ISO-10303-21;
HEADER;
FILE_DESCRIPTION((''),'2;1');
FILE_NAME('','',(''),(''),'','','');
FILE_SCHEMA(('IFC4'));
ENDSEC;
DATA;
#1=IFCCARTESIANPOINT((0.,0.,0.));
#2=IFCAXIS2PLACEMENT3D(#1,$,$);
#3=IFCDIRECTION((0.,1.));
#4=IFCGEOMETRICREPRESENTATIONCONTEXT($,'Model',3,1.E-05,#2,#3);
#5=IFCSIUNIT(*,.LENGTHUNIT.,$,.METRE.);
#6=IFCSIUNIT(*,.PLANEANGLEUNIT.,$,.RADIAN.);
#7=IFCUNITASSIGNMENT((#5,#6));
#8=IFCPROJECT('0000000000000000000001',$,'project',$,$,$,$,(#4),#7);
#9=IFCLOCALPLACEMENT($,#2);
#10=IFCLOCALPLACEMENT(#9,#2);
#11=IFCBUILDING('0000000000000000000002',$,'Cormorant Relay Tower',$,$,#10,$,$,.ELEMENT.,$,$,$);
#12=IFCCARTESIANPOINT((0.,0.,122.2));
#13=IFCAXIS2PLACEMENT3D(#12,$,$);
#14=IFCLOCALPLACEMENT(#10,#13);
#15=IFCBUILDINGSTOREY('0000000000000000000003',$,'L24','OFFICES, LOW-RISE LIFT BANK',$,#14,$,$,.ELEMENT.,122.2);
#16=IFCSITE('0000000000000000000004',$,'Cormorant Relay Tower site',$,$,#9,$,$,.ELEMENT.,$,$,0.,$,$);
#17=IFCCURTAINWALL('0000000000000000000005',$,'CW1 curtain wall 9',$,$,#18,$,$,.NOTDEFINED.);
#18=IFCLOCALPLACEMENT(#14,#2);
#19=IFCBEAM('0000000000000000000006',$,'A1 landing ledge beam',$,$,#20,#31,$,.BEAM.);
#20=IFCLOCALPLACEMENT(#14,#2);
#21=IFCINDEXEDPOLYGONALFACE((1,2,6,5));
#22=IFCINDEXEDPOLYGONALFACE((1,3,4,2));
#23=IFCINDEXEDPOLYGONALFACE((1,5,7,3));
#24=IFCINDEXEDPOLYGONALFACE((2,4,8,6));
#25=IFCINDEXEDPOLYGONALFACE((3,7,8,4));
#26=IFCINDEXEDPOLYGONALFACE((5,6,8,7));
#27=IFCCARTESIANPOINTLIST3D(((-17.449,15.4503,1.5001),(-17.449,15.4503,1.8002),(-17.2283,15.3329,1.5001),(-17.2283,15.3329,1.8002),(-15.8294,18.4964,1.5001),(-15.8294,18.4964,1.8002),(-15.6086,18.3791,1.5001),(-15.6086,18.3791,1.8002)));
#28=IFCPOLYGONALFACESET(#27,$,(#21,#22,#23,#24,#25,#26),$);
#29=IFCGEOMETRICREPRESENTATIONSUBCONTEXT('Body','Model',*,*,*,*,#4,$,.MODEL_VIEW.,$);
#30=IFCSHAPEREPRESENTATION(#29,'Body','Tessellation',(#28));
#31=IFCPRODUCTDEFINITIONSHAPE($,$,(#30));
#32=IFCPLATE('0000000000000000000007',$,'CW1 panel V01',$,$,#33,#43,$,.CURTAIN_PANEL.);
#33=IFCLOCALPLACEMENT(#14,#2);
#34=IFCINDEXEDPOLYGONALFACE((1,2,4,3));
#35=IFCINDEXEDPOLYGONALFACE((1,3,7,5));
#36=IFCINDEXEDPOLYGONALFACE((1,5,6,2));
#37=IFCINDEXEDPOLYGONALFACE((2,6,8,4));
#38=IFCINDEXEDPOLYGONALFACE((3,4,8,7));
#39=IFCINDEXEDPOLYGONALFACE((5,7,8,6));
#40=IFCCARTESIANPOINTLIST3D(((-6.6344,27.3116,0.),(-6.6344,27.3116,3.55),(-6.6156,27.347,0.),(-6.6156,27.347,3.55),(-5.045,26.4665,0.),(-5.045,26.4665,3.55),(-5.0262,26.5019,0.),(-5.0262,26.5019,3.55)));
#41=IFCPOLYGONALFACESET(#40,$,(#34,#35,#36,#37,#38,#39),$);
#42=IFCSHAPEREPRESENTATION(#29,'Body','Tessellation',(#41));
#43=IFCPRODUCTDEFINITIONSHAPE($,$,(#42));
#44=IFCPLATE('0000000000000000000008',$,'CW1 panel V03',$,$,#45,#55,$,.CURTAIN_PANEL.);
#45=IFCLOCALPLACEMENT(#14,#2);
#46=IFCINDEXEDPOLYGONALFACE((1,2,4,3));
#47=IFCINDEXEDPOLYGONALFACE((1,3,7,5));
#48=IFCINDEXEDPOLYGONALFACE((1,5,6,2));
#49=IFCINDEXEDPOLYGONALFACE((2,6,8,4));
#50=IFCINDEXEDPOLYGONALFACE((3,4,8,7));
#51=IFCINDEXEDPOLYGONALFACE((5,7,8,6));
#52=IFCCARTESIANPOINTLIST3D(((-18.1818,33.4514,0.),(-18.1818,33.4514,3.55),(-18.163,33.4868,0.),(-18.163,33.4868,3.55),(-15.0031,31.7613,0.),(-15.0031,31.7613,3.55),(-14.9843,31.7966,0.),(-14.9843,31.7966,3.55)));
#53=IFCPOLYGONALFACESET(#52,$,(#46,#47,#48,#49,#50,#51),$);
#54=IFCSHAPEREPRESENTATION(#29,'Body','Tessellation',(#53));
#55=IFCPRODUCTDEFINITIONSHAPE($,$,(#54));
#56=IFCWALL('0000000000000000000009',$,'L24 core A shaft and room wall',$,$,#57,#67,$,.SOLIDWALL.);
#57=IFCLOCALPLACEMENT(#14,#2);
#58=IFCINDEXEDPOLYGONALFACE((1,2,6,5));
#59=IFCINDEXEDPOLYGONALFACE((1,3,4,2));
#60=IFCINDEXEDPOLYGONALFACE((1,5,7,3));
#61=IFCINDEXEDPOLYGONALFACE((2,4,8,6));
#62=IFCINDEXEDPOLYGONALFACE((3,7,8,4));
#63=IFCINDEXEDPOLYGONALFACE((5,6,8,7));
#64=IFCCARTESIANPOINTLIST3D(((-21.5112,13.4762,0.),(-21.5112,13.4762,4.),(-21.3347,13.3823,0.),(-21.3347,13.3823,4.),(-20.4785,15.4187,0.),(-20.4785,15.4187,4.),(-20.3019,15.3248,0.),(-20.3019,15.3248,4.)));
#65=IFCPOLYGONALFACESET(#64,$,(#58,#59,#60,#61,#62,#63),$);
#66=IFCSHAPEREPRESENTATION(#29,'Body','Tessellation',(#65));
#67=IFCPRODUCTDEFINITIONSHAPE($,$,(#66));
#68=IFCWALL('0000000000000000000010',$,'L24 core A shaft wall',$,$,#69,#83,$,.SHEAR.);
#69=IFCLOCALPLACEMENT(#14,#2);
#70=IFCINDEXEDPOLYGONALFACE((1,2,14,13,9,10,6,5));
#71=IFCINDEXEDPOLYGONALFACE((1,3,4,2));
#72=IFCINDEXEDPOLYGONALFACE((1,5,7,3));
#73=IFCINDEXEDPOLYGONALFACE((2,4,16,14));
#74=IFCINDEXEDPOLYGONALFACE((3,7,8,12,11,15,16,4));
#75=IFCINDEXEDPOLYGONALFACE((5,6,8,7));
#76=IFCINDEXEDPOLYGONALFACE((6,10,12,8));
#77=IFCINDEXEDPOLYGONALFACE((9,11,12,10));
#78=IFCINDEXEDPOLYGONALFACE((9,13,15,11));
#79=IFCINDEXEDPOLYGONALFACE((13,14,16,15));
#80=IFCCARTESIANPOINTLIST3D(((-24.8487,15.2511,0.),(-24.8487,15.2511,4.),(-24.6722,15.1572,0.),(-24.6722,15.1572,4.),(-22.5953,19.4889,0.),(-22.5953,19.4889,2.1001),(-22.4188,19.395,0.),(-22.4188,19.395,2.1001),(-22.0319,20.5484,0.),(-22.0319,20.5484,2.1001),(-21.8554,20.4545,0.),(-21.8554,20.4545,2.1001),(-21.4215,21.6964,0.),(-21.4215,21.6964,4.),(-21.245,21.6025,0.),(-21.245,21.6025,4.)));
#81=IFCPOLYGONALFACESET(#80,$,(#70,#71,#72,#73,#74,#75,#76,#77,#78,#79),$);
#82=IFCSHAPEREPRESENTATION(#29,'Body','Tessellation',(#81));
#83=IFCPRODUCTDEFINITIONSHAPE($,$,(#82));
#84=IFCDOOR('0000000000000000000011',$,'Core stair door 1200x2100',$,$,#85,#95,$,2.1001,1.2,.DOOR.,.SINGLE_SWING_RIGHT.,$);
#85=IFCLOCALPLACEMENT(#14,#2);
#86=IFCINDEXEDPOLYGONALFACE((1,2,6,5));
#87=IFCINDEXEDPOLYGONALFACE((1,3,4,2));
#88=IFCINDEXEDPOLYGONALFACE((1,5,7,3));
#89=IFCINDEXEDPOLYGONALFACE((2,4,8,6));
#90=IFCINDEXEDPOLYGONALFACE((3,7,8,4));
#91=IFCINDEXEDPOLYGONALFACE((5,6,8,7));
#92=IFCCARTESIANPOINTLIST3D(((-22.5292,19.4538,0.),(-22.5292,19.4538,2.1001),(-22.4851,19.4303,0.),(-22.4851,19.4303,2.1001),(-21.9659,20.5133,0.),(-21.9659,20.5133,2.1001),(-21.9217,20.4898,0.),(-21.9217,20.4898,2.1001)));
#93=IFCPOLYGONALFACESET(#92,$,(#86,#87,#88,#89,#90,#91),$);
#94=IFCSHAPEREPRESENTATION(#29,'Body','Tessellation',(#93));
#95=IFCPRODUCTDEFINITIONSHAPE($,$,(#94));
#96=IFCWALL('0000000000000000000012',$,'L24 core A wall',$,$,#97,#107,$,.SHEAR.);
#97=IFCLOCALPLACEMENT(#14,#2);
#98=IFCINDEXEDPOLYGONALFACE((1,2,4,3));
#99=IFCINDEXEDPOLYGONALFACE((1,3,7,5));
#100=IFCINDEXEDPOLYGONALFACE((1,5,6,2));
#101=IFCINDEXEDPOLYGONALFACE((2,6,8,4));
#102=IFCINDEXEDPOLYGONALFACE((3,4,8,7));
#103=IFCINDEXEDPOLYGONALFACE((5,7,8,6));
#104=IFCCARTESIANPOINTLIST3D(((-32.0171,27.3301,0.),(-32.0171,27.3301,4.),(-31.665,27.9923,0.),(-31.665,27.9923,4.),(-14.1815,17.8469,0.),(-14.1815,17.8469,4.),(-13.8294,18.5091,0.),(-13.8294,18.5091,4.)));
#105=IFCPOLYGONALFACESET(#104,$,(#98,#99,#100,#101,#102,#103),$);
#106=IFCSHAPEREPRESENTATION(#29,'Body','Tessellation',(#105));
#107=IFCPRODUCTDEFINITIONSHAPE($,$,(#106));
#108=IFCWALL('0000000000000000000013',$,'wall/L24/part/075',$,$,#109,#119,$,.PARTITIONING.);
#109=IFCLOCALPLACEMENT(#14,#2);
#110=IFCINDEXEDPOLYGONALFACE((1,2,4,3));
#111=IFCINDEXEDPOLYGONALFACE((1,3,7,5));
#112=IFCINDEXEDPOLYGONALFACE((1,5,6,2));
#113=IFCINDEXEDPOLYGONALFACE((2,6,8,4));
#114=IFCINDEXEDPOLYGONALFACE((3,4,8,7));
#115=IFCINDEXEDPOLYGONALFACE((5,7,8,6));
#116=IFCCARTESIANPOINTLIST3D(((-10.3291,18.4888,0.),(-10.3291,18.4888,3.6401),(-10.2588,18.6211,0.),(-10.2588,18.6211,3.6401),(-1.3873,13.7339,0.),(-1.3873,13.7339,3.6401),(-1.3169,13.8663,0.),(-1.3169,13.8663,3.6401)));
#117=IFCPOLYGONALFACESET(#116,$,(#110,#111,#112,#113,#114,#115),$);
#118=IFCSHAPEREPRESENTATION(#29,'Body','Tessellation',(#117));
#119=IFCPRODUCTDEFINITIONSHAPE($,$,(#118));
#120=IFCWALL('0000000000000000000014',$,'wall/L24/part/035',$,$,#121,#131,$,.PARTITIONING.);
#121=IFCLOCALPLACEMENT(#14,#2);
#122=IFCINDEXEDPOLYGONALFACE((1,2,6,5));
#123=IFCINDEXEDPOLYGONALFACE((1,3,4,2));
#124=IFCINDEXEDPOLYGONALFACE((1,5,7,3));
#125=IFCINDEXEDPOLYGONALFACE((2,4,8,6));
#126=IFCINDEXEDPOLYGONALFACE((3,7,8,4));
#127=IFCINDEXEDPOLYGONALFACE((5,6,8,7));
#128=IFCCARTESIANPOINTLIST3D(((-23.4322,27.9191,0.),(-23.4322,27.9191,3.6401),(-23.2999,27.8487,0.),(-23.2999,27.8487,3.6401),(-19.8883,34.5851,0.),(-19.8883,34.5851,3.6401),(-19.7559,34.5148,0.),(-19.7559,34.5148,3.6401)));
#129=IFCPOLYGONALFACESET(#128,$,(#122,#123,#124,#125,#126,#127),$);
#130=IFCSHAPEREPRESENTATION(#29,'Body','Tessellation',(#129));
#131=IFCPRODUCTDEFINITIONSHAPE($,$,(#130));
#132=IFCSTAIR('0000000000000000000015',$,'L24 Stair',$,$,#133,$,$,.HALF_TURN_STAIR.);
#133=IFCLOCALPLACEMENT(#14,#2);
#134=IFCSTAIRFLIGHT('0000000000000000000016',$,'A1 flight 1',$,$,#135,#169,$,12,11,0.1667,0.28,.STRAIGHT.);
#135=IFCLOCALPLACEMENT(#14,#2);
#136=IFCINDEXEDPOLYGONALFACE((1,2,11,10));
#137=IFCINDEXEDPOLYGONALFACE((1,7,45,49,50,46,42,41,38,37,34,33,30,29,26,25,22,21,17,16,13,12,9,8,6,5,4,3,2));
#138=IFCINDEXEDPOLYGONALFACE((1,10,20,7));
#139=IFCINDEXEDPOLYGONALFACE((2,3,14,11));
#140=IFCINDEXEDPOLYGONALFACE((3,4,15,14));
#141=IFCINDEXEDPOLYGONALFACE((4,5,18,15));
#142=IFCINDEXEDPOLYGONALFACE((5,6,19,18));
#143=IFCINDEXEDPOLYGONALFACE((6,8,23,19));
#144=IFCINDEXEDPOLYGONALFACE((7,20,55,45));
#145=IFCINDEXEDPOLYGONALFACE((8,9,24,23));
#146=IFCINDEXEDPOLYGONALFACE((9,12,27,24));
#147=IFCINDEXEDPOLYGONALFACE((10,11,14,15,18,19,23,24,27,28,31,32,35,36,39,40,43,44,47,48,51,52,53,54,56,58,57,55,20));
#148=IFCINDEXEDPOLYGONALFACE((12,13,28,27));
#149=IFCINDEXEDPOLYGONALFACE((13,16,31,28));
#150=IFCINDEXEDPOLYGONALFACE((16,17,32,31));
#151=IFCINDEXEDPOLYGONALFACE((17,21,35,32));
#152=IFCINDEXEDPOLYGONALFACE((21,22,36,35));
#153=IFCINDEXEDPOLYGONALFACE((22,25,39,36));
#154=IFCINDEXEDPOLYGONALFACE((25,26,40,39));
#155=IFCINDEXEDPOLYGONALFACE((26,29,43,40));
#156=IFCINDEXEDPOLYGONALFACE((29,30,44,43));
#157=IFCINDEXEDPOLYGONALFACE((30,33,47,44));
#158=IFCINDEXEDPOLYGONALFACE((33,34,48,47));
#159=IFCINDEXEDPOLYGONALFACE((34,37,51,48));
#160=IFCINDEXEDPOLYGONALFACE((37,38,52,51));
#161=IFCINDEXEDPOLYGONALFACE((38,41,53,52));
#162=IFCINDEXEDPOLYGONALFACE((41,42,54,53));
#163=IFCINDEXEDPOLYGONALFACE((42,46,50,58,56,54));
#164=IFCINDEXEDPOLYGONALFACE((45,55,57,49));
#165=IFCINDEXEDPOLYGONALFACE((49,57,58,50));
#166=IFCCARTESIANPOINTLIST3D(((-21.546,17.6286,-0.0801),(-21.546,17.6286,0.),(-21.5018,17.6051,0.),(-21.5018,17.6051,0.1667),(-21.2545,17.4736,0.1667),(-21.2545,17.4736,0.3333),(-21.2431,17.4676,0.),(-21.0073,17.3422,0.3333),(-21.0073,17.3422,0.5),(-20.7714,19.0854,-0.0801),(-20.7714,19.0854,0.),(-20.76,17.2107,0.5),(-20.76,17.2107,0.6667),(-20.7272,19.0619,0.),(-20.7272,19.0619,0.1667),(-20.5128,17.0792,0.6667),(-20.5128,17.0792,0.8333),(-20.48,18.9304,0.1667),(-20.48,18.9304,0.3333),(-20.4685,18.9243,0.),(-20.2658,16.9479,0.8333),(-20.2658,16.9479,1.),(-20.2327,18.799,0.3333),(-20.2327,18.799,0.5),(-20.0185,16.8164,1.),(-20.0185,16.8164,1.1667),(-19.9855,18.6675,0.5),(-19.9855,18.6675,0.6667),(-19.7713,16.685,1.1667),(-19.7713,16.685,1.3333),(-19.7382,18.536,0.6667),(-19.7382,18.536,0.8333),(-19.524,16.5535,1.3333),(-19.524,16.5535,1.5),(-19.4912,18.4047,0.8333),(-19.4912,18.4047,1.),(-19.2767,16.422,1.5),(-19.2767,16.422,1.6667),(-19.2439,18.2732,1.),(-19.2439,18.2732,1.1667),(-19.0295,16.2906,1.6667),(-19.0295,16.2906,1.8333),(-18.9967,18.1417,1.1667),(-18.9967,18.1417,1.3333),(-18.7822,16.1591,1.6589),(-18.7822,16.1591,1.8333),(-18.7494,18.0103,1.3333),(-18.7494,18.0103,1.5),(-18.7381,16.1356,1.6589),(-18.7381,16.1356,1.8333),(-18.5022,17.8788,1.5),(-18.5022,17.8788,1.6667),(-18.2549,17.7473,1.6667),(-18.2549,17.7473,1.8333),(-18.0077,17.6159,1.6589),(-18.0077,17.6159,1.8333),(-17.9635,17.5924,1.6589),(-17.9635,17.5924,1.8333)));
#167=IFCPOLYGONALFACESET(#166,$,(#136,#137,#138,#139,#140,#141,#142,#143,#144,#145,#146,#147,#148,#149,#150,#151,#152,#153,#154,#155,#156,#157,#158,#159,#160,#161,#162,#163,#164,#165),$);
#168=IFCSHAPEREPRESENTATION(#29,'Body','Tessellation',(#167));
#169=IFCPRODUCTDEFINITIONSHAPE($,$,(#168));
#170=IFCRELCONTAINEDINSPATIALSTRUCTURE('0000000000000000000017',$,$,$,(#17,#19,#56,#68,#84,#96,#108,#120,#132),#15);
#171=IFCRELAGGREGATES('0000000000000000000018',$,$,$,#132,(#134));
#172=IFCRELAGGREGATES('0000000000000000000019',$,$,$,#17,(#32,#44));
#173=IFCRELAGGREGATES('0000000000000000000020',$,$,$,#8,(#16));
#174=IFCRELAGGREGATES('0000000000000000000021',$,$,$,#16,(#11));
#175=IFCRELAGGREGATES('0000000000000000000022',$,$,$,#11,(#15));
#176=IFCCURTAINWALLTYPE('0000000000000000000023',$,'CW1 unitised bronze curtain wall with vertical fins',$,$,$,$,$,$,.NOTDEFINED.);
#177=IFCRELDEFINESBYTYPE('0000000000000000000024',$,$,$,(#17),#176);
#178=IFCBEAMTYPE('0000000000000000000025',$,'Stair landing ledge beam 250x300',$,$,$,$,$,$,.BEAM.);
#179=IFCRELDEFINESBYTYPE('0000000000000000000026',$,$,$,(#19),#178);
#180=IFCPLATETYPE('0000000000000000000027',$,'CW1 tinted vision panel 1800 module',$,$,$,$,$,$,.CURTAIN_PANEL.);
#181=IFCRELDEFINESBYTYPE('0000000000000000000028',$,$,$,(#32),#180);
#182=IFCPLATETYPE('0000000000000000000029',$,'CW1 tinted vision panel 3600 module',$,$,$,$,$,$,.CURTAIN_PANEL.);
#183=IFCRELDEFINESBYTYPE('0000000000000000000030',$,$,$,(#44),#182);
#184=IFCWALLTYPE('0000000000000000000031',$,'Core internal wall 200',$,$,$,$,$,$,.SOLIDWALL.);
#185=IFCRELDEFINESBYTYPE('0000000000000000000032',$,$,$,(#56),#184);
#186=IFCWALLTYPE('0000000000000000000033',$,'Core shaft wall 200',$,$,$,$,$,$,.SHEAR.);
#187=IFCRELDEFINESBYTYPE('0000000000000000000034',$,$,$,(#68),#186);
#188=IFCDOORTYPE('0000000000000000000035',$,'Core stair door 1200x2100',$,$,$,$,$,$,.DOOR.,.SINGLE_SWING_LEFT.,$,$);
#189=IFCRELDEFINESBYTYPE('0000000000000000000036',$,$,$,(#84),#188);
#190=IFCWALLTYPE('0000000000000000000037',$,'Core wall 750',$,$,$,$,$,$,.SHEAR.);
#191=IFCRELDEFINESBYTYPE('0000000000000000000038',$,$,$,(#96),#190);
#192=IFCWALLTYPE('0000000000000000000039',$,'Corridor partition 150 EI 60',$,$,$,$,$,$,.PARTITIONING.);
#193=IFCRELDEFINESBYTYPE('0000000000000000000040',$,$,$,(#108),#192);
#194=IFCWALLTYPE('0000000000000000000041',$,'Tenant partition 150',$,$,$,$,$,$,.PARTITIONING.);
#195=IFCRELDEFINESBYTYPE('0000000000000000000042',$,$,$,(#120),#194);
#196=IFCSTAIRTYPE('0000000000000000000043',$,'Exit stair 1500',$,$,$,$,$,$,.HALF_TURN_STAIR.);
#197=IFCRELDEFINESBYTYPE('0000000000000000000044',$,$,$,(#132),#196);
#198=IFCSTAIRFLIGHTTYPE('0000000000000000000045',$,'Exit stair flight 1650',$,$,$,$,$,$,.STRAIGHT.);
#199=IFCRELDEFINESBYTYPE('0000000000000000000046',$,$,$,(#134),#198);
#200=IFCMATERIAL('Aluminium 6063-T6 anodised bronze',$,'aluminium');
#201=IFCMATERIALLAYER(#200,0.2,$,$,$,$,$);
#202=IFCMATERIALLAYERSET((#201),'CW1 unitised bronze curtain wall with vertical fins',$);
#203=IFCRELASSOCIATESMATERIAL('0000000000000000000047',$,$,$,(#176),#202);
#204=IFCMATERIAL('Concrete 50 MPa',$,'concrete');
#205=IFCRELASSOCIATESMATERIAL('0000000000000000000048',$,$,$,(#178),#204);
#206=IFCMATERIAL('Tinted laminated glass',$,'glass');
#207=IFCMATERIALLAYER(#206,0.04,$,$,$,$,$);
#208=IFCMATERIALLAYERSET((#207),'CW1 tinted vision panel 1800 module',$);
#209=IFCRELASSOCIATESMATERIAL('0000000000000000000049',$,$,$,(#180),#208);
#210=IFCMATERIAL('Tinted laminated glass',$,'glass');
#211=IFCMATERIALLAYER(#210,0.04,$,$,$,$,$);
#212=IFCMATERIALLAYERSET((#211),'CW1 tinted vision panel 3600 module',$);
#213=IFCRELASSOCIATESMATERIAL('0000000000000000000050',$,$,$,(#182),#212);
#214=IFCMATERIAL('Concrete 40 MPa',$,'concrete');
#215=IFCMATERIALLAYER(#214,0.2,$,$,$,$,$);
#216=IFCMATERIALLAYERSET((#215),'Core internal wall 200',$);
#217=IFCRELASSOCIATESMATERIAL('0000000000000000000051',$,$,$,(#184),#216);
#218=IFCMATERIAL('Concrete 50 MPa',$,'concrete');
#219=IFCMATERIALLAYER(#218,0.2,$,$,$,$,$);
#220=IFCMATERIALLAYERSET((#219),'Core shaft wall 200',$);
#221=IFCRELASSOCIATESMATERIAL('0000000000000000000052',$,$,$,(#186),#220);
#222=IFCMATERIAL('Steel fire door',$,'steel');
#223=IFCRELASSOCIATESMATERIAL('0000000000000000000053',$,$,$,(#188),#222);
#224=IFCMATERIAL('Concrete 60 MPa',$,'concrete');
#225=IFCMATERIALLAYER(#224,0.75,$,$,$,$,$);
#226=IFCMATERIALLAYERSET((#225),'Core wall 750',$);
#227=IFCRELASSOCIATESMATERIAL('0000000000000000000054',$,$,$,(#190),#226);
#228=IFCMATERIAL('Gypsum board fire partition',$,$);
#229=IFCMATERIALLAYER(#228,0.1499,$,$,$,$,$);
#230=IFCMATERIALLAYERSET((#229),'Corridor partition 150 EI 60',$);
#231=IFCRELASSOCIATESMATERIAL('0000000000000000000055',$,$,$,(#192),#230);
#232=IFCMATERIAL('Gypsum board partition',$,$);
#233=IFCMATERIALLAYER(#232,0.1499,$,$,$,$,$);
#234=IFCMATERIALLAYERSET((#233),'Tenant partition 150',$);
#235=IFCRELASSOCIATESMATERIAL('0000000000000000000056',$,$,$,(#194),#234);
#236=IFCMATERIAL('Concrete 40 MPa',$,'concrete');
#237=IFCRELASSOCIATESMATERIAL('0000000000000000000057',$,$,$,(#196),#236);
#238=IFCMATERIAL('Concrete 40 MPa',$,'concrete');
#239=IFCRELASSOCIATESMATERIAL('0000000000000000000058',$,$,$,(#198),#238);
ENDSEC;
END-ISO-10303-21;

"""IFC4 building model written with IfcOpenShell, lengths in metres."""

from ifc_helpers import new_model, si_unit, direction, frame, frame_2d, origin, origin_2d, place, context, subcontext, project, spatial, polyline, rectangle, outline, extrude, material, layer, layer_set, material_profile, profile_set, type_object, element, fill, aggregate, save


model = new_model("IFC4")

# Units and contexts
model_context = context("Model", 3, precision=1e-05, world=origin(), true_north=direction((0.0, 1.0)))
body_context = subcontext(model_context, "Body", "Model", "MODEL_VIEW")
ifc_project = project(units=[si_unit("LENGTHUNIT", "METRE"), si_unit("PLANEANGLEUNIT", "RADIAN")], contexts=[model_context])

# Site, building, storey
site_placement = place(None, origin())
site = spatial("IfcSite", under=ifc_project, at=site_placement, Name="Cormorant Relay Tower site", CompositionType="ELEMENT", RefElevation=0.0)
building_placement = place(site_placement, origin())
building = spatial("IfcBuilding", under=site, at=building_placement, Name="Cormorant Relay Tower", CompositionType="ELEMENT")
storey_placement = place(building_placement, frame((0.0, 0.0, 122.2)))
storey = spatial("IfcBuildingStorey", under=building, at=storey_placement, Name="L24", Description="OFFICES, LOW-RISE LIFT BANK", CompositionType="ELEMENT", Elevation=122.2)

# Curtain wall
ifc_material_1 = material(Name="Aluminium 6063-T6 anodised bronze", Category="aluminium")
ifc_layer_1 = layer(ifc_material_1, 0.2)
ifc_layer_set_1 = layer_set([ifc_layer_1], Name="CW1 unitised bronze curtain wall with vertical fins")
curtain_wall_type = type_object("IfcCurtainWallType", Name="CW1 unitised bronze curtain wall with vertical fins", PredefinedType="NOTDEFINED", material=ifc_layer_set_1)
curtain_wall_placement = place(storey_placement, origin())
curtain_wall = element("IfcCurtainWall", 1, at=curtain_wall_placement, inside=storey, type_object=curtain_wall_type, Name="CW1 curtain wall 9", PredefinedType="NOTDEFINED")

# Beam
ifc_material_2 = material(Name="Concrete 50 MPa", Category="concrete")
ifc_material_profile_1 = material_profile(ifc_material_2, rectangle(XDim=0.25, YDim=0.3, at=origin_2d()), Name="RC 250x300")
ifc_profile_set_1 = profile_set([ifc_material_profile_1], Name="Concrete 50 MPa")
beam_type_1 = type_object("IfcBeamType", Name="Stair landing ledge beam 250x300", PredefinedType="BEAM", material=ifc_profile_set_1)
beam_1_placement = place(storey_placement, frame((-17.3386, 15.3916, 1.6501), z_axis=(0.469464, 0.882952, 0.0), x_axis=(-0.882952, 0.469464, 0.0)))
element("IfcBeam", 2, at=beam_1_placement, inside=storey, type_object=beam_type_1, Name="A1 landing ledge beam", PredefinedType="BEAM", context=body_context, shape_type="SweptSolid", body=[
    extrude(rectangle(XDim=0.25, YDim=0.3, at=origin_2d()), origin(), (0.0, 0.0, 1.0), 3.45),
])

# Plates
ifc_material_3 = material(Name="Tinted laminated glass", Category="glass")
ifc_layer_2 = layer(ifc_material_3, 0.04)
ifc_layer_set_2 = layer_set([ifc_layer_2], Name="CW1 tinted vision panel 1800 module")
plate_type_1 = type_object("IfcPlateType", Name="CW1 tinted vision panel 1800 module", PredefinedType="CURTAIN_PANEL", material=ifc_layer_set_2)
plate_1_placement = place(storey_placement, frame((-5.8303, 26.9067, 0.0), z_axis=(0.0, 0.0, 1.0), x_axis=(-0.882948, 0.469472, 0.0)))
plate_1 = element("IfcPlate", 3, at=plate_1_placement, type_object=plate_type_1, Name="CW1 panel V01", PredefinedType="CURTAIN_PANEL", context=body_context, shape_type="SweptSolid", body=[
    extrude(rectangle(XDim=1.8, YDim=0.04, at=origin_2d()), origin(), (0.0, 0.0, 1.0), 3.55),
])
ifc_material_4 = material(Name="Tinted laminated glass", Category="glass")
ifc_layer_3 = layer(ifc_material_4, 0.04)
ifc_layer_set_3 = layer_set([ifc_layer_3], Name="CW1 tinted vision panel 3600 module")
plate_type_2 = type_object("IfcPlateType", Name="CW1 tinted vision panel 3600 module", PredefinedType="CURTAIN_PANEL", material=ifc_layer_set_3)
plate_2_placement = place(storey_placement, frame((-16.583, 32.624, 0.0), z_axis=(0.0, 0.0, 1.0), x_axis=(-0.882948, 0.469472, 0.0)))
plate_2 = element("IfcPlate", 4, at=plate_2_placement, type_object=plate_type_2, Name="CW1 panel V03", PredefinedType="CURTAIN_PANEL", context=body_context, shape_type="SweptSolid", body=[
    extrude(rectangle(XDim=3.6001, YDim=0.04, at=origin_2d()), origin(), (0.0, 0.0, 1.0), 3.55),
])

# Wall
ifc_material_5 = material(Name="Concrete 40 MPa", Category="concrete")
ifc_layer_4 = layer(ifc_material_5, 0.2)
ifc_layer_set_4 = layer_set([ifc_layer_4], Name="Core internal wall 200")
wall_type_1 = type_object("IfcWallType", Name="Core internal wall 200", PredefinedType="SOLIDWALL", material=ifc_layer_set_4)
wall_1_placement = place(storey_placement, frame((-20.3901, 15.3718, 0.0), z_axis=(0.0, 0.0, 1.0), x_axis=(-0.469447, -0.88296, 0.0)))
element("IfcWall", 5, at=wall_1_placement, inside=storey, type_object=wall_type_1, Name="L24 core A shaft and room wall", PredefinedType="SOLIDWALL", context=body_context, shape_type="SweptSolid", body=[
    extrude(rectangle(XDim=2.2, YDim=0.2, at=frame_2d((1.1001, 0.0))), origin(), (0.0, 0.0, 1.0), 4.0),
])

# Wall, opening, door
ifc_material_6 = material(Name="Concrete 50 MPa", Category="concrete")
ifc_layer_5 = layer(ifc_material_6, 0.2)
ifc_layer_set_5 = layer_set([ifc_layer_5], Name="Core shaft wall 200")
wall_type_2 = type_object("IfcWallType", Name="Core shaft wall 200", PredefinedType="SHEAR", material=ifc_layer_set_5)
wall_2_placement = place(storey_placement, frame((-21.3333, 21.6494, 0.0), z_axis=(0.0, 0.0, 1.0), x_axis=(-0.469494, -0.882936, 0.0)))
wall_2 = element("IfcWall", 6, at=wall_2_placement, inside=storey, type_object=wall_type_2, Name="L24 core A shaft wall", PredefinedType="SHEAR", context=body_context, shape_type="SweptSolid", body=[
    extrude(rectangle(XDim=7.2998, YDim=0.2, at=frame_2d((3.6499, 0.0))), origin(), (0.0, 0.0, 1.0), 4.0),
])
opening_1_placement = place(wall_2_placement, frame((1.3, 0.0, 0.0)))
opening_1 = element("IfcOpeningElement", 7, at=opening_1_placement, cuts=wall_2, PredefinedType="OPENING", context=body_context, shape_type="SweptSolid", body=[
    extrude(rectangle(XDim=1.2, YDim=2.1001, at=frame_2d((0.6001, 1.05))), frame((0.0, 0.1099, 0.0), z_axis=(0.0, -1.0, 0.0), x_axis=(1.0, 0.0, 0.0)), (0.0, 0.0, 1.0), 0.22),
])
ifc_material_7 = material(Name="Steel fire door", Category="steel")
door_type_1 = type_object("IfcDoorType", Name="Core stair door 1200x2100", OperationType="SINGLE_SWING_LEFT", PredefinedType="DOOR", material=ifc_material_7)
door_1_placement = place(opening_1_placement, origin())
door_1 = element("IfcDoor", 8, at=door_1_placement, inside=storey, type_object=door_type_1, Name="Core stair door 1200x2100", OperationType="SINGLE_SWING_RIGHT", OverallHeight=2.1001, OverallWidth=1.2, PredefinedType="DOOR", context=body_context, shape_type="SweptSolid", body=[
    extrude(rectangle(XDim=1.2, YDim=2.1001, at=frame_2d((0.6001, 1.05))), frame((0.0, 0.0249, 0.0), z_axis=(0.0, -1.0, 0.0), x_axis=(1.0, 0.0, 0.0)), (0.0, 0.0, 1.0), 0.05),
])
fill(opening_1, door_1)
ifc_material_8 = material(Name="Concrete 60 MPa", Category="concrete")
ifc_layer_6 = layer(ifc_material_8, 0.75)
ifc_layer_set_6 = layer_set([ifc_layer_6], Name="Core wall 750")
wall_type_3 = type_object("IfcWallType", Name="Core wall 750", PredefinedType="SHEAR", material=ifc_layer_set_6)

# Walls
wall_3_placement = place(storey_placement, frame((-14.0054, 18.178, 0.0), z_axis=(0.0, 0.0, 1.0), x_axis=(-0.88295, 0.469467, 0.0)))
element("IfcWall", 9, at=wall_3_placement, inside=storey, type_object=wall_type_3, Name="L24 core A wall", PredefinedType="SHEAR", context=body_context, shape_type="SweptSolid", body=[
    extrude(rectangle(XDim=20.2, YDim=0.75, at=frame_2d((10.1001, 0.0))), origin(), (0.0, 0.0, 1.0), 4.0),
])
ifc_material_9 = material(Name="Gypsum board fire partition")
ifc_layer_7 = layer(ifc_material_9, 0.1499)
ifc_layer_set_7 = layer_set([ifc_layer_7], Name="Corridor partition 150 EI 60")
wall_type_4 = type_object("IfcWallType", Name="Corridor partition 150 EI 60", PredefinedType="PARTITIONING", material=ifc_layer_set_7)
wall_4_placement = place(storey_placement, frame((-10.2939, 18.5549, 0.0), z_axis=(0.0, 0.0, 1.0), x_axis=(0.882932, -0.469502, 0.0)))
element("IfcWall", 10, at=wall_4_placement, inside=storey, type_object=wall_type_4, Name="wall/L24/part/075", PredefinedType="PARTITIONING", context=body_context, shape_type="SweptSolid", body=[
    extrude(rectangle(XDim=10.1274, YDim=0.1499, at=frame_2d((5.0637, 0.0))), origin(), (0.0, 0.0, 1.0), 3.6401),
])
ifc_material_10 = material(Name="Gypsum board partition")
ifc_layer_8 = layer(ifc_material_10, 0.1499)
ifc_layer_set_8 = layer_set([ifc_layer_8], Name="Tenant partition 150")
wall_type_5 = type_object("IfcWallType", Name="Tenant partition 150", PredefinedType="PARTITIONING", material=ifc_layer_set_8)
wall_5_placement = place(storey_placement, frame((-19.822, 34.55, 0.0), z_axis=(0.0, 0.0, 1.0), x_axis=(-0.469426, -0.882972, 0.0)))
element("IfcWall", 11, at=wall_5_placement, inside=storey, type_object=wall_type_5, Name="wall/L24/part/035", PredefinedType="PARTITIONING", context=body_context, shape_type="SweptSolid", body=[
    extrude(rectangle(XDim=7.5496, YDim=0.1499, at=frame_2d((3.7749, 0.0))), origin(), (0.0, 0.0, 1.0), 3.6401),
])

# Stair, stair flight
ifc_material_11 = material(Name="Concrete 40 MPa", Category="concrete")
stair_type = type_object("IfcStairType", Name="Exit stair 1500", PredefinedType="HALF_TURN_STAIR", material=ifc_material_11)
stair_placement = place(storey_placement, origin())
stair = element("IfcStair", 12, at=stair_placement, inside=storey, type_object=stair_type, Name="L24 Stair", PredefinedType="HALF_TURN_STAIR")
ifc_material_12 = material(Name="Concrete 40 MPa", Category="concrete")
stair_flight_type = type_object("IfcStairFlightType", Name="Exit stair flight 1650", PredefinedType="STRAIGHT", material=ifc_material_12)
stair_flight_1_placement = place(storey_placement, frame((-21.1145, 18.3335, 0.0), z_axis=(0.0, 0.0, 1.0), x_axis=(0.882948, -0.469472, 0.0)))
stair_flight_1 = element("IfcStairFlight", 13, at=stair_flight_1_placement, type_object=stair_flight_type, Name="A1 flight 1", NumberOfRisers=12, NumberOfTreads=11, PredefinedType="STRAIGHT", RiserHeight=0.1667, TreadLength=0.28, context=body_context, shape_type="SweptSolid", body=[
    extrude(outline(polyline([(-0.05, -0.0801), (-0.05, 0.0), (0.0, 0.0), (0.0, 0.1667), (0.28, 0.1667), (0.28, 0.3333), (0.5601, 0.3333), (0.5601, 0.5), (0.8401, 0.5), (0.8401, 0.6667), (1.1201, 0.6667), (1.1201, 0.8333), (1.3999, 0.8333), (1.3999, 1.0), (1.6799, 1.0), (1.6799, 1.1667), (1.96, 1.1667), (1.96, 1.3333), (2.24, 1.3333), (2.24, 1.5), (2.52, 1.5), (2.52, 1.6667), (2.8, 1.6667), (2.8, 1.8333), (3.0801, 1.8333), (3.1301, 1.8333), (3.1301, 1.6589), (3.0801, 1.6589), (0.293, 0.0), (-0.05, -0.0801)])), frame((0.0, 0.825, 0.0), z_axis=(0.0, -1.0, 0.0), x_axis=(1.0, 0.0, 0.0)), (0.0, 0.0, 1.0), 1.6499),
])
aggregate(stair, [stair_flight_1])

aggregate(curtain_wall, [plate_1, plate_2])

save(model, "model.ifc")
